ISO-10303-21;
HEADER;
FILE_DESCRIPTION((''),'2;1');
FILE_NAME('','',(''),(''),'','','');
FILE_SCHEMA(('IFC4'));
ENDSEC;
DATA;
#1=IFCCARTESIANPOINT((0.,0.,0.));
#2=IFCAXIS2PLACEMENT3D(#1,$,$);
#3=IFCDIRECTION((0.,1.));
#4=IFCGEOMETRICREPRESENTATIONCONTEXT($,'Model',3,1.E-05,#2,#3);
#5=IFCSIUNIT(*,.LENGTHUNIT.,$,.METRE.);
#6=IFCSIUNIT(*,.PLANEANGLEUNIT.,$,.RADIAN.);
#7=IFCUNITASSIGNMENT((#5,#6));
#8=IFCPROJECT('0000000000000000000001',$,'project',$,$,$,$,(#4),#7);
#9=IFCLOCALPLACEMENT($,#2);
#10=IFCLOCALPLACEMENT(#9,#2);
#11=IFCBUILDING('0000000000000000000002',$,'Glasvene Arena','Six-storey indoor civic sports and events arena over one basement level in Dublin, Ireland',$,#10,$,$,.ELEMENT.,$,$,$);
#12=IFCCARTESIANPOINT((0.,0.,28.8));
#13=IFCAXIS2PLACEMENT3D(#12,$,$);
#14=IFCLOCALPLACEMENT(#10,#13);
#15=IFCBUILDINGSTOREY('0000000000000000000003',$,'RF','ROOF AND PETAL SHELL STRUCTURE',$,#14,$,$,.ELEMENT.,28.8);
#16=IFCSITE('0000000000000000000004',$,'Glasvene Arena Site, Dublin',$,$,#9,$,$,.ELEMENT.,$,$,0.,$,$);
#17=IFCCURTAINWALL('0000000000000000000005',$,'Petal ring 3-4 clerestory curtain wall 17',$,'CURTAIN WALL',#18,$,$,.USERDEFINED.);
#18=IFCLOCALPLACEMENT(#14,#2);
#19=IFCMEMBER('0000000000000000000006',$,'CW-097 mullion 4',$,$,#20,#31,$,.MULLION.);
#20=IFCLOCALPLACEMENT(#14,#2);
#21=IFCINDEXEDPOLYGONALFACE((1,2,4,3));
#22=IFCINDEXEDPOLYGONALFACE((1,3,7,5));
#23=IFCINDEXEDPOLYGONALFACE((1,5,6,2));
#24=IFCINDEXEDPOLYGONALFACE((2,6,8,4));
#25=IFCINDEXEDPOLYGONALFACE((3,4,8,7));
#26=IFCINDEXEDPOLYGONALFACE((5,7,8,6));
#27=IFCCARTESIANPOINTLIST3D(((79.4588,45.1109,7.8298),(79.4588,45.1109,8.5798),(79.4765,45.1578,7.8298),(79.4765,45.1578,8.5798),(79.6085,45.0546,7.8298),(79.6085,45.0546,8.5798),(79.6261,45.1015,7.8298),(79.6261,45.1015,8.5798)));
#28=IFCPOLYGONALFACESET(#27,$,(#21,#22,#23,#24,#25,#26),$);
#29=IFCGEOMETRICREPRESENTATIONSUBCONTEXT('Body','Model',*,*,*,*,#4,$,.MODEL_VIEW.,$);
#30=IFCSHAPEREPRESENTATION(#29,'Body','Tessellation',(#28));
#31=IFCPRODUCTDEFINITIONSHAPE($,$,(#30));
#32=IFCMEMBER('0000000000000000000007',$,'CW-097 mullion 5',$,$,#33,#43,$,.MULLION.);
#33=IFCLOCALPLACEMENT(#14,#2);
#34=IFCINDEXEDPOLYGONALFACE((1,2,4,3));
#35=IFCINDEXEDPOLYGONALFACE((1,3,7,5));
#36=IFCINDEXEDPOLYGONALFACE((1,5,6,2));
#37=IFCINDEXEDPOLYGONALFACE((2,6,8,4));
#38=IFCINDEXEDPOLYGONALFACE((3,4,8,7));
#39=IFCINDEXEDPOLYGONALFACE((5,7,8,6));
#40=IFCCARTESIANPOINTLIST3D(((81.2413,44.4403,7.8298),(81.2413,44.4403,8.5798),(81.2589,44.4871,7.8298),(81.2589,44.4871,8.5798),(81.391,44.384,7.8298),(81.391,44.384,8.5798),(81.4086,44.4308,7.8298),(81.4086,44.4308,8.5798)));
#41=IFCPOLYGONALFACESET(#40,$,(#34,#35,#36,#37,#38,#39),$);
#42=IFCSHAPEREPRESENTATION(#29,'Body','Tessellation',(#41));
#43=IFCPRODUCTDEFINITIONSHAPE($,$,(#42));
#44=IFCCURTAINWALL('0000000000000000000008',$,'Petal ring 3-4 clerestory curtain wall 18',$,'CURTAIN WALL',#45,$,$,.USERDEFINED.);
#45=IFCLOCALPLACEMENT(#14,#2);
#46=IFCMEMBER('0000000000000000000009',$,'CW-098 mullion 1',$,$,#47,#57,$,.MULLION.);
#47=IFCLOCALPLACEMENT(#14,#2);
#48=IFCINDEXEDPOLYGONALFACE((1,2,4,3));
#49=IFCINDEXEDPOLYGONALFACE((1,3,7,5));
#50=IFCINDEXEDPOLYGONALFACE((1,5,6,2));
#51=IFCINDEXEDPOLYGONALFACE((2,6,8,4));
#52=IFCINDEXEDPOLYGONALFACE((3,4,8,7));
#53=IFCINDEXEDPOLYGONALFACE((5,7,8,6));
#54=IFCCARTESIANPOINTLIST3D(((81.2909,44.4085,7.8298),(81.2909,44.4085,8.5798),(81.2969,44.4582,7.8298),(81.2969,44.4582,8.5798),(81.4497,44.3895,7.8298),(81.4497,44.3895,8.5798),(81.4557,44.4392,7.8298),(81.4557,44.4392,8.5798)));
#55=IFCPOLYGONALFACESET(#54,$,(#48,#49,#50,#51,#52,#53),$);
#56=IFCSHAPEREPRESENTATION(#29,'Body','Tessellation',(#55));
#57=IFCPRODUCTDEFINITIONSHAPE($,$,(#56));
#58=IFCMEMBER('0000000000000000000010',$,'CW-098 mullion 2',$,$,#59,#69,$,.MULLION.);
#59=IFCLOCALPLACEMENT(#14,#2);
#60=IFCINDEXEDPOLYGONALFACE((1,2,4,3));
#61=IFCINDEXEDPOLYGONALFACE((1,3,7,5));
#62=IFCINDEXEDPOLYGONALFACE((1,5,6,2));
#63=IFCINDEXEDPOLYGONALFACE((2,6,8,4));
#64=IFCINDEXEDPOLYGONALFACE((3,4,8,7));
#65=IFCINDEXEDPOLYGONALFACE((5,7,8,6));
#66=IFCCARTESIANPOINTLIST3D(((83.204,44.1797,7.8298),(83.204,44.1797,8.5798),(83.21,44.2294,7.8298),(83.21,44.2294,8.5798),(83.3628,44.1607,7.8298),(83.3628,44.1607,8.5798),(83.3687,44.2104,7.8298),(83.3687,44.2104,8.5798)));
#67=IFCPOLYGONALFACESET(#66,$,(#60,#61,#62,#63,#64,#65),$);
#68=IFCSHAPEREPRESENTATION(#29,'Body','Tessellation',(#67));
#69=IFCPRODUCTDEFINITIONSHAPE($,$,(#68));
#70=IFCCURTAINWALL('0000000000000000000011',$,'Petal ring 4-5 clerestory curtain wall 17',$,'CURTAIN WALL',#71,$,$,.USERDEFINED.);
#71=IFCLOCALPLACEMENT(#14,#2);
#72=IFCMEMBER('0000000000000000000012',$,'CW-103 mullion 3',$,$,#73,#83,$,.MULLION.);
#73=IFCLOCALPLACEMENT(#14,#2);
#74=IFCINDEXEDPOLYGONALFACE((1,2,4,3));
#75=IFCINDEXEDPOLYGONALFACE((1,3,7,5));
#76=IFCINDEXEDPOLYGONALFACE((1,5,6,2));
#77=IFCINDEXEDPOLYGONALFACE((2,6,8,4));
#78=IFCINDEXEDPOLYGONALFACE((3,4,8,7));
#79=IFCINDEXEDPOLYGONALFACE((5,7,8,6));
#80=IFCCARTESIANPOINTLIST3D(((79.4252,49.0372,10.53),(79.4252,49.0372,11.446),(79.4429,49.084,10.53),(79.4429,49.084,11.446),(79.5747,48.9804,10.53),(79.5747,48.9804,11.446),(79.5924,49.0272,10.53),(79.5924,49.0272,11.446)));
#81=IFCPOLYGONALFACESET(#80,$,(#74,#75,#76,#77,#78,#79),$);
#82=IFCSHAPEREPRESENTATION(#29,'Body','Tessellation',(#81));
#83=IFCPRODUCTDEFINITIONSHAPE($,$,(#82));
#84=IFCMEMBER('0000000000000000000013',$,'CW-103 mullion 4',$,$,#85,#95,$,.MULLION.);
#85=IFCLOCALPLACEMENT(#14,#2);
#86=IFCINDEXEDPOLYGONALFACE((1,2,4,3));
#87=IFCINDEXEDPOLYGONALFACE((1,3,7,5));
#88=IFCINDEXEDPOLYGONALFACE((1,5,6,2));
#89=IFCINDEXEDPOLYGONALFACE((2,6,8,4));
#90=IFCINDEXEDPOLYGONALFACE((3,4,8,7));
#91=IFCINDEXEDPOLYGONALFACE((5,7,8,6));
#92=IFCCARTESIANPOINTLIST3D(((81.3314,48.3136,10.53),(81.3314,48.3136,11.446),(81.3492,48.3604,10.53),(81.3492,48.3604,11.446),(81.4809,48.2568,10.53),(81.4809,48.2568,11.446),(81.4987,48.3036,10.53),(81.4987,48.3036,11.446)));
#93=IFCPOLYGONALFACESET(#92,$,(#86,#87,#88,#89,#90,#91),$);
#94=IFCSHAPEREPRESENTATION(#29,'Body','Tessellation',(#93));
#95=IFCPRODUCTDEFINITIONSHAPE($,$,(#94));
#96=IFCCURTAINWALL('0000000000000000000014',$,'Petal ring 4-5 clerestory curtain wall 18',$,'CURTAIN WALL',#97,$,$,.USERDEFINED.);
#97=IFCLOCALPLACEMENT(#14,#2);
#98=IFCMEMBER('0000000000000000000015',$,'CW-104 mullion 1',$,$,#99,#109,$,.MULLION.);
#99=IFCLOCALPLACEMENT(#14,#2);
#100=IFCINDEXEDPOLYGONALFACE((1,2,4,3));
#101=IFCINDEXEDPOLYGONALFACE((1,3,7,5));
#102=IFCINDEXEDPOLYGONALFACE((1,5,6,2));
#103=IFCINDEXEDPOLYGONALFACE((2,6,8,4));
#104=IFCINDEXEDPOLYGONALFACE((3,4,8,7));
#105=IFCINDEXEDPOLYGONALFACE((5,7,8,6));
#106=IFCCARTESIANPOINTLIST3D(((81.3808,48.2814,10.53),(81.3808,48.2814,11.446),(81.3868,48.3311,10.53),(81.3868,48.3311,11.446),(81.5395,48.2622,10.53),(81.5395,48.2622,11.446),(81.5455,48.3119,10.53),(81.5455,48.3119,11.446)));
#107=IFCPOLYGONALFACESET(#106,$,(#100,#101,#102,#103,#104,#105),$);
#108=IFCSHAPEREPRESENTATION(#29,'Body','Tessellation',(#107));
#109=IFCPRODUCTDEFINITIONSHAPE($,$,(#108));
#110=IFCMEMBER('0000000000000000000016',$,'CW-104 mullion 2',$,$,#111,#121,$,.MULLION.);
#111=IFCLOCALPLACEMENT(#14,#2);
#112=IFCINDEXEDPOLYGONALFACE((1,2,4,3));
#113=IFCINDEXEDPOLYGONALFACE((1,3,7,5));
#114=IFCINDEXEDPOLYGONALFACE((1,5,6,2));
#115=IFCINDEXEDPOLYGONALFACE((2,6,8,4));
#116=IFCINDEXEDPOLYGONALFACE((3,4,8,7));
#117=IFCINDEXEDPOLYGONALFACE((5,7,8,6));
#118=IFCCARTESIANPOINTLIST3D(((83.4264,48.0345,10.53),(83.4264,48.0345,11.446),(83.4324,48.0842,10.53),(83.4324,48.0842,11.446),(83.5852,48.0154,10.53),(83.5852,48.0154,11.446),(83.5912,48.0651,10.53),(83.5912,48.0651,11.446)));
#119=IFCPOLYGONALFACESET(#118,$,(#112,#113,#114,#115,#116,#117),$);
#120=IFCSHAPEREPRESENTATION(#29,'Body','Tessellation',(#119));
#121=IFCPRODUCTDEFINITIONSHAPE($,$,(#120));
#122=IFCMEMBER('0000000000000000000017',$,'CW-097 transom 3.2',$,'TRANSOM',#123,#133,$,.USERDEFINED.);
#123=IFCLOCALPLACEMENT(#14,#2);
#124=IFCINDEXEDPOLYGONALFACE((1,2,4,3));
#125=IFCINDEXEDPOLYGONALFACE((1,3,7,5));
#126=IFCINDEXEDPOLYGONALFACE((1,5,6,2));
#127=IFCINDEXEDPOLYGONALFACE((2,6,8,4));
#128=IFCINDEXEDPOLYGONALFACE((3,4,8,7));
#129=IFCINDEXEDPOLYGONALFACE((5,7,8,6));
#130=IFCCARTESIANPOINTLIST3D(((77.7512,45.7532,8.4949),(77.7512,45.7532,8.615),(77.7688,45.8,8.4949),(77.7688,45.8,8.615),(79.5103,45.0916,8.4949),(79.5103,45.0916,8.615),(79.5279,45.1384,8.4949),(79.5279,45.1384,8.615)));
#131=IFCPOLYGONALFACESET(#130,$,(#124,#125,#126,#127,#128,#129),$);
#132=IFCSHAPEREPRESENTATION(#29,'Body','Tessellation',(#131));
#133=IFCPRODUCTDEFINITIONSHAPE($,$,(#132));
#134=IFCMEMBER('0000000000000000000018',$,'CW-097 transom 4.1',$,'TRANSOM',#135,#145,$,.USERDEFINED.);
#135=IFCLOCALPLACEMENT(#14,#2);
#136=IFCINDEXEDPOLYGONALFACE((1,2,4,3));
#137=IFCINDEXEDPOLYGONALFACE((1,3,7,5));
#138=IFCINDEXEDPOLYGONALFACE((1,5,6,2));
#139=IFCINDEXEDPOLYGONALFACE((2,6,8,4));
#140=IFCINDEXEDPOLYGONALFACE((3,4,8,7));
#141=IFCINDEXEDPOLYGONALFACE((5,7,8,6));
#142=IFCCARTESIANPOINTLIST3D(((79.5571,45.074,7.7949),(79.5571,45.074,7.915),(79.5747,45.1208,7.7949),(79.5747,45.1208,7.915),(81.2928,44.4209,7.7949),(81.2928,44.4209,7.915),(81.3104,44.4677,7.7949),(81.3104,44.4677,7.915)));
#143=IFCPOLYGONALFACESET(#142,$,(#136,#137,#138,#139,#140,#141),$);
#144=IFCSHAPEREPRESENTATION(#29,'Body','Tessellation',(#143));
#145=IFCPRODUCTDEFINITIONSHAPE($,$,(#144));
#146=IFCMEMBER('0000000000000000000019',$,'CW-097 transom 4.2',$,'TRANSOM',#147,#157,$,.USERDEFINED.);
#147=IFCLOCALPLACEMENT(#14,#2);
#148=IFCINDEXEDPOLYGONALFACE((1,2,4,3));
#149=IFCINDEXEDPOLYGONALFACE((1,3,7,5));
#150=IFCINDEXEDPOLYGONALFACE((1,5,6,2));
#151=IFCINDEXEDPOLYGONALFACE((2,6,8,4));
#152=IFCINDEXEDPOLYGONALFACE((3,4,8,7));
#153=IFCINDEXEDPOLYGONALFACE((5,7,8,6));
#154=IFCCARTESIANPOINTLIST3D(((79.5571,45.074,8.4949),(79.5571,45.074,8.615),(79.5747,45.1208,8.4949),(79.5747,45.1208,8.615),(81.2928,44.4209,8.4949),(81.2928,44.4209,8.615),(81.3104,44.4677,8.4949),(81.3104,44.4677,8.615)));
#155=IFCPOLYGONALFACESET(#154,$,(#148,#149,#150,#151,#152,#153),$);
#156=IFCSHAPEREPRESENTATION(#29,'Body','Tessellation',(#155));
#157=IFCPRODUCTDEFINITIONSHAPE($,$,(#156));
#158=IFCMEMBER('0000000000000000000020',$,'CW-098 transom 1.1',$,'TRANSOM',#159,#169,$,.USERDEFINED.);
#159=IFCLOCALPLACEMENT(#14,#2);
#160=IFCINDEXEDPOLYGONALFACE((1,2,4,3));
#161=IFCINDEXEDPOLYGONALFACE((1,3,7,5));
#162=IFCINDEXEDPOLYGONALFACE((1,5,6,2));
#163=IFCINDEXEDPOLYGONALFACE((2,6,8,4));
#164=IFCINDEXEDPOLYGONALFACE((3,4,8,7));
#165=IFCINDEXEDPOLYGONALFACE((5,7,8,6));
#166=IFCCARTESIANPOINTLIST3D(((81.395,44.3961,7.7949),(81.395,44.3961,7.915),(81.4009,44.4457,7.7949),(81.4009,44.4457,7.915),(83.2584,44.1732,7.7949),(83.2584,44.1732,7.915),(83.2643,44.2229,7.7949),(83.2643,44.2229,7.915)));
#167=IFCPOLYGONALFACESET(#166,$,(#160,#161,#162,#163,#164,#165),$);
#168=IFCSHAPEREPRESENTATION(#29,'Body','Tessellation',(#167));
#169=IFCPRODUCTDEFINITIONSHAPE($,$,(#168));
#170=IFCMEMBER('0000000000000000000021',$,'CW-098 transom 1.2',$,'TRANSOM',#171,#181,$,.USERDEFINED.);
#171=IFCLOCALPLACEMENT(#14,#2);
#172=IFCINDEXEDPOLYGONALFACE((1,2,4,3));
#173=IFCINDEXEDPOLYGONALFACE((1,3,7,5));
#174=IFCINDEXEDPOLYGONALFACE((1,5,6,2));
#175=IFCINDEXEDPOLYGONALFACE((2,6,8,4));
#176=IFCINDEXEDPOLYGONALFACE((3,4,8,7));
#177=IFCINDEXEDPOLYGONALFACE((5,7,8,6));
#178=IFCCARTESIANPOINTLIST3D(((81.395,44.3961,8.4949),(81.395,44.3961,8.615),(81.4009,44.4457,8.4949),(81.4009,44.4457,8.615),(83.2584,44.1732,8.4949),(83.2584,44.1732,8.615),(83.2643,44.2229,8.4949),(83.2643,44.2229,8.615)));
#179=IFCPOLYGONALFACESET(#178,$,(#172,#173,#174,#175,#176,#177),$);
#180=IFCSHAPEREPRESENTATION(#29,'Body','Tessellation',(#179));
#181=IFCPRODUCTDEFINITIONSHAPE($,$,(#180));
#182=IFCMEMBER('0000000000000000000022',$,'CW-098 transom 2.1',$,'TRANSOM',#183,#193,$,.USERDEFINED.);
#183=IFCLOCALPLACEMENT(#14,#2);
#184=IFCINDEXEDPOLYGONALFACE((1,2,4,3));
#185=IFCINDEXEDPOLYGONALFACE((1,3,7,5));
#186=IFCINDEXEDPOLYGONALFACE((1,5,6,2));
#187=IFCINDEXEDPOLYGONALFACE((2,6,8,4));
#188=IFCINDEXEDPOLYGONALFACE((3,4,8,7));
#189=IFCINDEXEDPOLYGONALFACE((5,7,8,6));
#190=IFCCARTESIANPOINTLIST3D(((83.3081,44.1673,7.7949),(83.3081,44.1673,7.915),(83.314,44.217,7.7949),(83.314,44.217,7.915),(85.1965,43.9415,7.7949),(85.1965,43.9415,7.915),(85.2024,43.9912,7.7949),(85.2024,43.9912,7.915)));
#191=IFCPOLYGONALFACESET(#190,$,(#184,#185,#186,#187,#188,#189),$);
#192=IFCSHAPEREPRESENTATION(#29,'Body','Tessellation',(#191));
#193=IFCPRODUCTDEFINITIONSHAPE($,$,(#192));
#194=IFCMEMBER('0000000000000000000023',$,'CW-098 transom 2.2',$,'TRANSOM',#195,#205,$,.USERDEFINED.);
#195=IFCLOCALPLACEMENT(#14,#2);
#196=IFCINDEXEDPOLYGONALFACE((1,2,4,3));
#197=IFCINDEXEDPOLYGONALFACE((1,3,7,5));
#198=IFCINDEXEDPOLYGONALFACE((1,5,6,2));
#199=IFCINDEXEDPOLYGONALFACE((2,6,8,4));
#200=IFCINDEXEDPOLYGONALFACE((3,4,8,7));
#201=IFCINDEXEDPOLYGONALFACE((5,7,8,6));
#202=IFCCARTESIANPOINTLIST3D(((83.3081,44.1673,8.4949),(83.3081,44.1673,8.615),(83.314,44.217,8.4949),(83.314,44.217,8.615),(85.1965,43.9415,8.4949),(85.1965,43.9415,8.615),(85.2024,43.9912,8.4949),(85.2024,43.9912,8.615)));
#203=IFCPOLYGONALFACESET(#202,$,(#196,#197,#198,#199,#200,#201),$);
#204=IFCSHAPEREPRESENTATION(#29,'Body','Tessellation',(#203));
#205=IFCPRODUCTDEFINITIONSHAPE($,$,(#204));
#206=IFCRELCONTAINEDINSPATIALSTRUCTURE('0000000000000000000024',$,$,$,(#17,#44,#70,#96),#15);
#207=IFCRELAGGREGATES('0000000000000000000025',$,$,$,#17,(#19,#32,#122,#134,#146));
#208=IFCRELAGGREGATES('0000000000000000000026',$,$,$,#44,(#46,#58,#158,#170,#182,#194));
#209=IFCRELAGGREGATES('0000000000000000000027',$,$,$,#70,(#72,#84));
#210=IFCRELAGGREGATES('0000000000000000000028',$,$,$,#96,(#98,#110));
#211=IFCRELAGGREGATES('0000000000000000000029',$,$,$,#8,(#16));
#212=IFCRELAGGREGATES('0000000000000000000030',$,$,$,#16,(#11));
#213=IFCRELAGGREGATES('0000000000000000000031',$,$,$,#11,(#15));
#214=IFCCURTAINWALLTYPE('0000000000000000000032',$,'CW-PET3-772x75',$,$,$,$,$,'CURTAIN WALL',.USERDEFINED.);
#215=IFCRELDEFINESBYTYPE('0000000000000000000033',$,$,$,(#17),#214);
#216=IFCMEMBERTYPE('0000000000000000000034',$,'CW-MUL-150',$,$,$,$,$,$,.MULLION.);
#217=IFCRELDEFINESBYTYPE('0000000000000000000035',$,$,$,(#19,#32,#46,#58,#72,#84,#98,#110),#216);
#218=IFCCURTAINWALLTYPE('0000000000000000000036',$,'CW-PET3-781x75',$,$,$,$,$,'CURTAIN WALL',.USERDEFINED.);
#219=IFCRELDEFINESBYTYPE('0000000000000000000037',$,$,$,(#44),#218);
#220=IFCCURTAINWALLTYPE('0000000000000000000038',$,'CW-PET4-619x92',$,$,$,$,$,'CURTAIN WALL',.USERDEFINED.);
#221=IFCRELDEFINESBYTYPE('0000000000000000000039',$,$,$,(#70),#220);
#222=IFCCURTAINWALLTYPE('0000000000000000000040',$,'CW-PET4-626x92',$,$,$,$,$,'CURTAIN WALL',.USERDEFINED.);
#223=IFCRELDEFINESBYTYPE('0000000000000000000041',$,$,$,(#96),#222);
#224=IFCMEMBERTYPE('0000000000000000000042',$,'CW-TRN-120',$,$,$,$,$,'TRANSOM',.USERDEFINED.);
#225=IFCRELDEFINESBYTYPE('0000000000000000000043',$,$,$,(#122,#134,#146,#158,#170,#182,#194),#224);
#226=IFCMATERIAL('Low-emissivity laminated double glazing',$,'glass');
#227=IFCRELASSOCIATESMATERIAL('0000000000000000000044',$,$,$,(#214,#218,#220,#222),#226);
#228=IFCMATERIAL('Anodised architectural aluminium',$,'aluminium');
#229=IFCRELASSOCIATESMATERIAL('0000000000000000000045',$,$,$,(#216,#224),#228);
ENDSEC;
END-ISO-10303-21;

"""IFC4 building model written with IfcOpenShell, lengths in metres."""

from ifc_helpers import new_model, si_unit, direction, frame, origin, origin_2d, place, context, subcontext, project, spatial, rectangle, extrude, material, material_profile, profile_set, type_object, element, aggregate, save


model = new_model("IFC4")

# Units and contexts
model_context = context("Model", 3, precision=1e-05, world=origin(), true_north=direction((0.0, 1.0)))
body_context = subcontext(model_context, "Body", "Model", "MODEL_VIEW")
ifc_project = project(units=[si_unit("LENGTHUNIT", "METRE"), si_unit("PLANEANGLEUNIT", "RADIAN")], contexts=[model_context])

# Site, building, storey
site_placement = place(None, origin())
site = spatial("IfcSite", under=ifc_project, at=site_placement, Name="Glasvene Arena Site, Dublin", CompositionType="ELEMENT", RefElevation=0.0)
building_placement = place(site_placement, origin())
building = spatial("IfcBuilding", under=site, at=building_placement, Name="Glasvene Arena", Description="Six-storey indoor civic sports and events arena over one basement level in Dublin, Ireland", CompositionType="ELEMENT")
storey_placement = place(building_placement, frame((0.0, 0.0, 28.8)))
storey = spatial("IfcBuildingStorey", under=building, at=storey_placement, Name="RF", Description="ROOF AND PETAL SHELL STRUCTURE", CompositionType="ELEMENT", Elevation=28.8)

# Curtain walls, members
ifc_material_1 = material(Name="Low-emissivity laminated double glazing", Category="glass")
curtain_wall_type_1 = type_object("IfcCurtainWallType", Name="CW-PET3-772x75", ElementType="CURTAIN WALL", PredefinedType="USERDEFINED", material=ifc_material_1)
curtain_wall_1_placement = place(storey_placement, frame((74.125, 47.144, 0.0)))
curtain_wall_1 = element("IfcCurtainWall", 1, at=curtain_wall_1_placement, inside=storey, type_object=curtain_wall_type_1, Name="Petal ring 3-4 clerestory curtain wall 17", ObjectType="CURTAIN WALL", PredefinedType="USERDEFINED")
ifc_material_2 = material(Name="Anodised architectural aluminium", Category="aluminium")
ifc_material_profile_1 = material_profile(ifc_material_2, rectangle(XDim=0.05, YDim=0.1599, at=origin_2d()), Name="ALU MULLION 50x160")
ifc_profile_set_1 = profile_set([ifc_material_profile_1], Name="Anodised architectural aluminium")
member_type_1 = type_object("IfcMemberType", Name="CW-MUL-150", PredefinedType="MULLION", material=ifc_profile_set_1)
member_1_placement = place(storey_placement, frame((79.5425, 45.1062, 7.8298), z_axis=(0.0, 0.0, 1.0), x_axis=(0.352092, 0.935966, 0.0)))
member_1 = element("IfcMember", 2, at=member_1_placement, type_object=member_type_1, Name="CW-097 mullion 4", PredefinedType="MULLION", context=body_context, shape_type="SweptSolid", body=[
    extrude(rectangle(XDim=0.05, YDim=0.1599, at=origin_2d()), origin(), (0.0, 0.0, 1.0), 0.75),
])
member_2_placement = place(storey_placement, frame((81.325, 44.4355, 7.8298), z_axis=(0.0, 0.0, 1.0), x_axis=(0.352092, 0.935966, 0.0)))
member_2 = element("IfcMember", 3, at=member_2_placement, type_object=member_type_1, Name="CW-097 mullion 5", PredefinedType="MULLION", context=body_context, shape_type="SweptSolid", body=[
    extrude(rectangle(XDim=0.05, YDim=0.1599, at=origin_2d()), origin(), (0.0, 0.0, 1.0), 0.75),
])
curtain_wall_type_2 = type_object("IfcCurtainWallType", Name="CW-PET3-781x75", ElementType="CURTAIN WALL", PredefinedType="USERDEFINED", material=ifc_material_1)
curtain_wall_2_placement = place(storey_placement, frame((81.3484, 44.4268, 0.0)))
curtain_wall_2 = element("IfcCurtainWall", 4, at=curtain_wall_2_placement, inside=storey, type_object=curtain_wall_type_2, Name="Petal ring 3-4 clerestory curtain wall 18", ObjectType="CURTAIN WALL", PredefinedType="USERDEFINED")
member_3_placement = place(storey_placement, frame((81.3733, 44.4238, 7.8298), z_axis=(0.0, 0.0, 1.0), x_axis=(0.118717, 0.992928, 0.0)))
member_3 = element("IfcMember", 5, at=member_3_placement, type_object=member_type_1, Name="CW-098 mullion 1", PredefinedType="MULLION", context=body_context, shape_type="SweptSolid", body=[
    extrude(rectangle(XDim=0.05, YDim=0.1599, at=origin_2d()), origin(), (0.0, 0.0, 1.0), 0.75),
])
member_4_placement = place(storey_placement, frame((83.2864, 44.1951, 7.8298), z_axis=(0.0, 0.0, 1.0), x_axis=(0.118717, 0.992928, 0.0)))
member_4 = element("IfcMember", 6, at=member_4_placement, type_object=member_type_1, Name="CW-098 mullion 2", PredefinedType="MULLION", context=body_context, shape_type="SweptSolid", body=[
    extrude(rectangle(XDim=0.05, YDim=0.1599, at=origin_2d()), origin(), (0.0, 0.0, 1.0), 0.75),
])
curtain_wall_type_3 = type_object("IfcCurtainWallType", Name="CW-PET4-619x92", ElementType="CURTAIN WALL", PredefinedType="USERDEFINED", material=ifc_material_1)
curtain_wall_3_placement = place(storey_placement, frame((75.6499, 50.4973, 0.0)))
curtain_wall_3 = element("IfcCurtainWall", 7, at=curtain_wall_3_placement, inside=storey, type_object=curtain_wall_type_3, Name="Petal ring 4-5 clerestory curtain wall 17", ObjectType="CURTAIN WALL", PredefinedType="USERDEFINED")
member_5_placement = place(storey_placement, frame((79.5088, 49.0322, 10.53), z_axis=(0.0, 0.0, 1.0), x_axis=(0.35497, 0.934878, 0.0)))
member_5 = element("IfcMember", 8, at=member_5_placement, type_object=member_type_1, Name="CW-103 mullion 3", PredefinedType="MULLION", context=body_context, shape_type="SweptSolid", body=[
    extrude(rectangle(XDim=0.05, YDim=0.1599, at=origin_2d()), origin(), (0.0, 0.0, 1.0), 0.916),
])
member_6_placement = place(storey_placement, frame((81.415, 48.3086, 10.53), z_axis=(0.0, 0.0, 1.0), x_axis=(0.35497, 0.934878, 0.0)))
member_6 = element("IfcMember", 9, at=member_6_placement, type_object=member_type_1, Name="CW-103 mullion 4", PredefinedType="MULLION", context=body_context, shape_type="SweptSolid", body=[
    extrude(rectangle(XDim=0.05, YDim=0.1599, at=origin_2d()), origin(), (0.0, 0.0, 1.0), 0.916),
])
curtain_wall_type_4 = type_object("IfcCurtainWallType", Name="CW-PET4-626x92", ElementType="CURTAIN WALL", PredefinedType="USERDEFINED", material=ifc_material_1)
curtain_wall_4_placement = place(storey_placement, frame((81.4382, 48.2996, 0.0)))
curtain_wall_4 = element("IfcCurtainWall", 10, at=curtain_wall_4_placement, inside=storey, type_object=curtain_wall_type_4, Name="Petal ring 4-5 clerestory curtain wall 18", ObjectType="CURTAIN WALL", PredefinedType="USERDEFINED")
member_7_placement = place(storey_placement, frame((81.4631, 48.2966, 10.53), z_axis=(0.0, 0.0, 1.0), x_axis=(0.119806, 0.992797, 0.0)))
member_7 = element("IfcMember", 11, at=member_7_placement, type_object=member_type_1, Name="CW-104 mullion 1", PredefinedType="MULLION", context=body_context, shape_type="SweptSolid", body=[
    extrude(rectangle(XDim=0.05, YDim=0.1599, at=origin_2d()), origin(), (0.0, 0.0, 1.0), 0.916),
])
member_8_placement = place(storey_placement, frame((83.5088, 48.0498, 10.53), z_axis=(0.0, 0.0, 1.0), x_axis=(0.119806, 0.992797, 0.0)))
member_8 = element("IfcMember", 12, at=member_8_placement, type_object=member_type_1, Name="CW-104 mullion 2", PredefinedType="MULLION", context=body_context, shape_type="SweptSolid", body=[
    extrude(rectangle(XDim=0.05, YDim=0.1599, at=origin_2d()), origin(), (0.0, 0.0, 1.0), 0.916),
])

# Members
ifc_material_profile_2 = material_profile(ifc_material_2, rectangle(XDim=0.05, YDim=0.1201, at=origin_2d()), Name="ALU TRANSOM 50x120")
ifc_profile_set_2 = profile_set([ifc_material_profile_2], Name="Anodised architectural aluminium")
member_type_2 = type_object("IfcMemberType", Name="CW-TRN-120", ElementType="TRANSOM", PredefinedType="USERDEFINED", material=ifc_profile_set_2)
member_9_placement = place(storey_placement, frame((77.76, 45.7766, 8.5549), z_axis=(0.935982, -0.352049, 0.0), x_axis=(0.352049, 0.935982, 0.0)))
member_9 = element("IfcMember", 13, at=member_9_placement, type_object=member_type_2, Name="CW-097 transom 3.2", ObjectType="TRANSOM", PredefinedType="USERDEFINED", context=body_context, shape_type="SweptSolid", body=[
    extrude(rectangle(XDim=0.05, YDim=0.1201, at=origin_2d()), origin(), (0.0, 0.0, 1.0), 1.8794),
])
member_10_placement = place(storey_placement, frame((79.5659, 45.0974, 7.855), z_axis=(0.935934, -0.352176, 0.0), x_axis=(0.352176, 0.935934, 0.0)))
member_10 = element("IfcMember", 14, at=member_10_placement, type_object=member_type_2, Name="CW-097 transom 4.1", ObjectType="TRANSOM", PredefinedType="USERDEFINED", context=body_context, shape_type="SweptSolid", body=[
    extrude(rectangle(XDim=0.05, YDim=0.1201, at=origin_2d()), origin(), (0.0, 0.0, 1.0), 1.8545),
])
member_11_placement = place(storey_placement, frame((79.5659, 45.0974, 8.5549), z_axis=(0.935934, -0.352176, 0.0), x_axis=(0.352176, 0.935934, 0.0)))
member_11 = element("IfcMember", 15, at=member_11_placement, type_object=member_type_2, Name="CW-097 transom 4.2", ObjectType="TRANSOM", PredefinedType="USERDEFINED", context=body_context, shape_type="SweptSolid", body=[
    extrude(rectangle(XDim=0.05, YDim=0.1201, at=origin_2d()), origin(), (0.0, 0.0, 1.0), 1.8545),
])
member_12_placement = place(storey_placement, frame((81.3979, 44.4209, 7.855), z_axis=(0.992922, -0.118766, 0.0), x_axis=(0.118766, 0.992922, 0.0)))
member_12 = element("IfcMember", 16, at=member_12_placement, type_object=member_type_2, Name="CW-098 transom 1.1", ObjectType="TRANSOM", PredefinedType="USERDEFINED", context=body_context, shape_type="SweptSolid", body=[
    extrude(rectangle(XDim=0.05, YDim=0.1201, at=origin_2d()), origin(), (0.0, 0.0, 1.0), 1.8767),
])
member_13_placement = place(storey_placement, frame((81.3979, 44.4209, 8.5549), z_axis=(0.992922, -0.118766, 0.0), x_axis=(0.118766, 0.992922, 0.0)))
member_13 = element("IfcMember", 17, at=member_13_placement, type_object=member_type_2, Name="CW-098 transom 1.2", ObjectType="TRANSOM", PredefinedType="USERDEFINED", context=body_context, shape_type="SweptSolid", body=[
    extrude(rectangle(XDim=0.05, YDim=0.1201, at=origin_2d()), origin(), (0.0, 0.0, 1.0), 1.8767),
])
member_14_placement = place(storey_placement, frame((83.311, 44.1921, 7.855), z_axis=(0.992925, -0.11874, 0.0), x_axis=(0.11874, 0.992925, 0.0)))
member_14 = element("IfcMember", 18, at=member_14_placement, type_object=member_type_2, Name="CW-098 transom 2.1", ObjectType="TRANSOM", PredefinedType="USERDEFINED", context=body_context, shape_type="SweptSolid", body=[
    extrude(rectangle(XDim=0.05, YDim=0.1201, at=origin_2d()), origin(), (0.0, 0.0, 1.0), 1.9019),
])
member_15_placement = place(storey_placement, frame((83.311, 44.1921, 8.5549), z_axis=(0.992925, -0.11874, 0.0), x_axis=(0.11874, 0.992925, 0.0)))
member_15 = element("IfcMember", 19, at=member_15_placement, type_object=member_type_2, Name="CW-098 transom 2.2", ObjectType="TRANSOM", PredefinedType="USERDEFINED", context=body_context, shape_type="SweptSolid", body=[
    extrude(rectangle(XDim=0.05, YDim=0.1201, at=origin_2d()), origin(), (0.0, 0.0, 1.0), 1.9019),
])

aggregate(curtain_wall_1, [member_1, member_2, member_9, member_10, member_11])
aggregate(curtain_wall_2, [member_3, member_4, member_12, member_13, member_14, member_15])
aggregate(curtain_wall_3, [member_5, member_6])
aggregate(curtain_wall_4, [member_7, member_8])

save(model, "model.ifc")
